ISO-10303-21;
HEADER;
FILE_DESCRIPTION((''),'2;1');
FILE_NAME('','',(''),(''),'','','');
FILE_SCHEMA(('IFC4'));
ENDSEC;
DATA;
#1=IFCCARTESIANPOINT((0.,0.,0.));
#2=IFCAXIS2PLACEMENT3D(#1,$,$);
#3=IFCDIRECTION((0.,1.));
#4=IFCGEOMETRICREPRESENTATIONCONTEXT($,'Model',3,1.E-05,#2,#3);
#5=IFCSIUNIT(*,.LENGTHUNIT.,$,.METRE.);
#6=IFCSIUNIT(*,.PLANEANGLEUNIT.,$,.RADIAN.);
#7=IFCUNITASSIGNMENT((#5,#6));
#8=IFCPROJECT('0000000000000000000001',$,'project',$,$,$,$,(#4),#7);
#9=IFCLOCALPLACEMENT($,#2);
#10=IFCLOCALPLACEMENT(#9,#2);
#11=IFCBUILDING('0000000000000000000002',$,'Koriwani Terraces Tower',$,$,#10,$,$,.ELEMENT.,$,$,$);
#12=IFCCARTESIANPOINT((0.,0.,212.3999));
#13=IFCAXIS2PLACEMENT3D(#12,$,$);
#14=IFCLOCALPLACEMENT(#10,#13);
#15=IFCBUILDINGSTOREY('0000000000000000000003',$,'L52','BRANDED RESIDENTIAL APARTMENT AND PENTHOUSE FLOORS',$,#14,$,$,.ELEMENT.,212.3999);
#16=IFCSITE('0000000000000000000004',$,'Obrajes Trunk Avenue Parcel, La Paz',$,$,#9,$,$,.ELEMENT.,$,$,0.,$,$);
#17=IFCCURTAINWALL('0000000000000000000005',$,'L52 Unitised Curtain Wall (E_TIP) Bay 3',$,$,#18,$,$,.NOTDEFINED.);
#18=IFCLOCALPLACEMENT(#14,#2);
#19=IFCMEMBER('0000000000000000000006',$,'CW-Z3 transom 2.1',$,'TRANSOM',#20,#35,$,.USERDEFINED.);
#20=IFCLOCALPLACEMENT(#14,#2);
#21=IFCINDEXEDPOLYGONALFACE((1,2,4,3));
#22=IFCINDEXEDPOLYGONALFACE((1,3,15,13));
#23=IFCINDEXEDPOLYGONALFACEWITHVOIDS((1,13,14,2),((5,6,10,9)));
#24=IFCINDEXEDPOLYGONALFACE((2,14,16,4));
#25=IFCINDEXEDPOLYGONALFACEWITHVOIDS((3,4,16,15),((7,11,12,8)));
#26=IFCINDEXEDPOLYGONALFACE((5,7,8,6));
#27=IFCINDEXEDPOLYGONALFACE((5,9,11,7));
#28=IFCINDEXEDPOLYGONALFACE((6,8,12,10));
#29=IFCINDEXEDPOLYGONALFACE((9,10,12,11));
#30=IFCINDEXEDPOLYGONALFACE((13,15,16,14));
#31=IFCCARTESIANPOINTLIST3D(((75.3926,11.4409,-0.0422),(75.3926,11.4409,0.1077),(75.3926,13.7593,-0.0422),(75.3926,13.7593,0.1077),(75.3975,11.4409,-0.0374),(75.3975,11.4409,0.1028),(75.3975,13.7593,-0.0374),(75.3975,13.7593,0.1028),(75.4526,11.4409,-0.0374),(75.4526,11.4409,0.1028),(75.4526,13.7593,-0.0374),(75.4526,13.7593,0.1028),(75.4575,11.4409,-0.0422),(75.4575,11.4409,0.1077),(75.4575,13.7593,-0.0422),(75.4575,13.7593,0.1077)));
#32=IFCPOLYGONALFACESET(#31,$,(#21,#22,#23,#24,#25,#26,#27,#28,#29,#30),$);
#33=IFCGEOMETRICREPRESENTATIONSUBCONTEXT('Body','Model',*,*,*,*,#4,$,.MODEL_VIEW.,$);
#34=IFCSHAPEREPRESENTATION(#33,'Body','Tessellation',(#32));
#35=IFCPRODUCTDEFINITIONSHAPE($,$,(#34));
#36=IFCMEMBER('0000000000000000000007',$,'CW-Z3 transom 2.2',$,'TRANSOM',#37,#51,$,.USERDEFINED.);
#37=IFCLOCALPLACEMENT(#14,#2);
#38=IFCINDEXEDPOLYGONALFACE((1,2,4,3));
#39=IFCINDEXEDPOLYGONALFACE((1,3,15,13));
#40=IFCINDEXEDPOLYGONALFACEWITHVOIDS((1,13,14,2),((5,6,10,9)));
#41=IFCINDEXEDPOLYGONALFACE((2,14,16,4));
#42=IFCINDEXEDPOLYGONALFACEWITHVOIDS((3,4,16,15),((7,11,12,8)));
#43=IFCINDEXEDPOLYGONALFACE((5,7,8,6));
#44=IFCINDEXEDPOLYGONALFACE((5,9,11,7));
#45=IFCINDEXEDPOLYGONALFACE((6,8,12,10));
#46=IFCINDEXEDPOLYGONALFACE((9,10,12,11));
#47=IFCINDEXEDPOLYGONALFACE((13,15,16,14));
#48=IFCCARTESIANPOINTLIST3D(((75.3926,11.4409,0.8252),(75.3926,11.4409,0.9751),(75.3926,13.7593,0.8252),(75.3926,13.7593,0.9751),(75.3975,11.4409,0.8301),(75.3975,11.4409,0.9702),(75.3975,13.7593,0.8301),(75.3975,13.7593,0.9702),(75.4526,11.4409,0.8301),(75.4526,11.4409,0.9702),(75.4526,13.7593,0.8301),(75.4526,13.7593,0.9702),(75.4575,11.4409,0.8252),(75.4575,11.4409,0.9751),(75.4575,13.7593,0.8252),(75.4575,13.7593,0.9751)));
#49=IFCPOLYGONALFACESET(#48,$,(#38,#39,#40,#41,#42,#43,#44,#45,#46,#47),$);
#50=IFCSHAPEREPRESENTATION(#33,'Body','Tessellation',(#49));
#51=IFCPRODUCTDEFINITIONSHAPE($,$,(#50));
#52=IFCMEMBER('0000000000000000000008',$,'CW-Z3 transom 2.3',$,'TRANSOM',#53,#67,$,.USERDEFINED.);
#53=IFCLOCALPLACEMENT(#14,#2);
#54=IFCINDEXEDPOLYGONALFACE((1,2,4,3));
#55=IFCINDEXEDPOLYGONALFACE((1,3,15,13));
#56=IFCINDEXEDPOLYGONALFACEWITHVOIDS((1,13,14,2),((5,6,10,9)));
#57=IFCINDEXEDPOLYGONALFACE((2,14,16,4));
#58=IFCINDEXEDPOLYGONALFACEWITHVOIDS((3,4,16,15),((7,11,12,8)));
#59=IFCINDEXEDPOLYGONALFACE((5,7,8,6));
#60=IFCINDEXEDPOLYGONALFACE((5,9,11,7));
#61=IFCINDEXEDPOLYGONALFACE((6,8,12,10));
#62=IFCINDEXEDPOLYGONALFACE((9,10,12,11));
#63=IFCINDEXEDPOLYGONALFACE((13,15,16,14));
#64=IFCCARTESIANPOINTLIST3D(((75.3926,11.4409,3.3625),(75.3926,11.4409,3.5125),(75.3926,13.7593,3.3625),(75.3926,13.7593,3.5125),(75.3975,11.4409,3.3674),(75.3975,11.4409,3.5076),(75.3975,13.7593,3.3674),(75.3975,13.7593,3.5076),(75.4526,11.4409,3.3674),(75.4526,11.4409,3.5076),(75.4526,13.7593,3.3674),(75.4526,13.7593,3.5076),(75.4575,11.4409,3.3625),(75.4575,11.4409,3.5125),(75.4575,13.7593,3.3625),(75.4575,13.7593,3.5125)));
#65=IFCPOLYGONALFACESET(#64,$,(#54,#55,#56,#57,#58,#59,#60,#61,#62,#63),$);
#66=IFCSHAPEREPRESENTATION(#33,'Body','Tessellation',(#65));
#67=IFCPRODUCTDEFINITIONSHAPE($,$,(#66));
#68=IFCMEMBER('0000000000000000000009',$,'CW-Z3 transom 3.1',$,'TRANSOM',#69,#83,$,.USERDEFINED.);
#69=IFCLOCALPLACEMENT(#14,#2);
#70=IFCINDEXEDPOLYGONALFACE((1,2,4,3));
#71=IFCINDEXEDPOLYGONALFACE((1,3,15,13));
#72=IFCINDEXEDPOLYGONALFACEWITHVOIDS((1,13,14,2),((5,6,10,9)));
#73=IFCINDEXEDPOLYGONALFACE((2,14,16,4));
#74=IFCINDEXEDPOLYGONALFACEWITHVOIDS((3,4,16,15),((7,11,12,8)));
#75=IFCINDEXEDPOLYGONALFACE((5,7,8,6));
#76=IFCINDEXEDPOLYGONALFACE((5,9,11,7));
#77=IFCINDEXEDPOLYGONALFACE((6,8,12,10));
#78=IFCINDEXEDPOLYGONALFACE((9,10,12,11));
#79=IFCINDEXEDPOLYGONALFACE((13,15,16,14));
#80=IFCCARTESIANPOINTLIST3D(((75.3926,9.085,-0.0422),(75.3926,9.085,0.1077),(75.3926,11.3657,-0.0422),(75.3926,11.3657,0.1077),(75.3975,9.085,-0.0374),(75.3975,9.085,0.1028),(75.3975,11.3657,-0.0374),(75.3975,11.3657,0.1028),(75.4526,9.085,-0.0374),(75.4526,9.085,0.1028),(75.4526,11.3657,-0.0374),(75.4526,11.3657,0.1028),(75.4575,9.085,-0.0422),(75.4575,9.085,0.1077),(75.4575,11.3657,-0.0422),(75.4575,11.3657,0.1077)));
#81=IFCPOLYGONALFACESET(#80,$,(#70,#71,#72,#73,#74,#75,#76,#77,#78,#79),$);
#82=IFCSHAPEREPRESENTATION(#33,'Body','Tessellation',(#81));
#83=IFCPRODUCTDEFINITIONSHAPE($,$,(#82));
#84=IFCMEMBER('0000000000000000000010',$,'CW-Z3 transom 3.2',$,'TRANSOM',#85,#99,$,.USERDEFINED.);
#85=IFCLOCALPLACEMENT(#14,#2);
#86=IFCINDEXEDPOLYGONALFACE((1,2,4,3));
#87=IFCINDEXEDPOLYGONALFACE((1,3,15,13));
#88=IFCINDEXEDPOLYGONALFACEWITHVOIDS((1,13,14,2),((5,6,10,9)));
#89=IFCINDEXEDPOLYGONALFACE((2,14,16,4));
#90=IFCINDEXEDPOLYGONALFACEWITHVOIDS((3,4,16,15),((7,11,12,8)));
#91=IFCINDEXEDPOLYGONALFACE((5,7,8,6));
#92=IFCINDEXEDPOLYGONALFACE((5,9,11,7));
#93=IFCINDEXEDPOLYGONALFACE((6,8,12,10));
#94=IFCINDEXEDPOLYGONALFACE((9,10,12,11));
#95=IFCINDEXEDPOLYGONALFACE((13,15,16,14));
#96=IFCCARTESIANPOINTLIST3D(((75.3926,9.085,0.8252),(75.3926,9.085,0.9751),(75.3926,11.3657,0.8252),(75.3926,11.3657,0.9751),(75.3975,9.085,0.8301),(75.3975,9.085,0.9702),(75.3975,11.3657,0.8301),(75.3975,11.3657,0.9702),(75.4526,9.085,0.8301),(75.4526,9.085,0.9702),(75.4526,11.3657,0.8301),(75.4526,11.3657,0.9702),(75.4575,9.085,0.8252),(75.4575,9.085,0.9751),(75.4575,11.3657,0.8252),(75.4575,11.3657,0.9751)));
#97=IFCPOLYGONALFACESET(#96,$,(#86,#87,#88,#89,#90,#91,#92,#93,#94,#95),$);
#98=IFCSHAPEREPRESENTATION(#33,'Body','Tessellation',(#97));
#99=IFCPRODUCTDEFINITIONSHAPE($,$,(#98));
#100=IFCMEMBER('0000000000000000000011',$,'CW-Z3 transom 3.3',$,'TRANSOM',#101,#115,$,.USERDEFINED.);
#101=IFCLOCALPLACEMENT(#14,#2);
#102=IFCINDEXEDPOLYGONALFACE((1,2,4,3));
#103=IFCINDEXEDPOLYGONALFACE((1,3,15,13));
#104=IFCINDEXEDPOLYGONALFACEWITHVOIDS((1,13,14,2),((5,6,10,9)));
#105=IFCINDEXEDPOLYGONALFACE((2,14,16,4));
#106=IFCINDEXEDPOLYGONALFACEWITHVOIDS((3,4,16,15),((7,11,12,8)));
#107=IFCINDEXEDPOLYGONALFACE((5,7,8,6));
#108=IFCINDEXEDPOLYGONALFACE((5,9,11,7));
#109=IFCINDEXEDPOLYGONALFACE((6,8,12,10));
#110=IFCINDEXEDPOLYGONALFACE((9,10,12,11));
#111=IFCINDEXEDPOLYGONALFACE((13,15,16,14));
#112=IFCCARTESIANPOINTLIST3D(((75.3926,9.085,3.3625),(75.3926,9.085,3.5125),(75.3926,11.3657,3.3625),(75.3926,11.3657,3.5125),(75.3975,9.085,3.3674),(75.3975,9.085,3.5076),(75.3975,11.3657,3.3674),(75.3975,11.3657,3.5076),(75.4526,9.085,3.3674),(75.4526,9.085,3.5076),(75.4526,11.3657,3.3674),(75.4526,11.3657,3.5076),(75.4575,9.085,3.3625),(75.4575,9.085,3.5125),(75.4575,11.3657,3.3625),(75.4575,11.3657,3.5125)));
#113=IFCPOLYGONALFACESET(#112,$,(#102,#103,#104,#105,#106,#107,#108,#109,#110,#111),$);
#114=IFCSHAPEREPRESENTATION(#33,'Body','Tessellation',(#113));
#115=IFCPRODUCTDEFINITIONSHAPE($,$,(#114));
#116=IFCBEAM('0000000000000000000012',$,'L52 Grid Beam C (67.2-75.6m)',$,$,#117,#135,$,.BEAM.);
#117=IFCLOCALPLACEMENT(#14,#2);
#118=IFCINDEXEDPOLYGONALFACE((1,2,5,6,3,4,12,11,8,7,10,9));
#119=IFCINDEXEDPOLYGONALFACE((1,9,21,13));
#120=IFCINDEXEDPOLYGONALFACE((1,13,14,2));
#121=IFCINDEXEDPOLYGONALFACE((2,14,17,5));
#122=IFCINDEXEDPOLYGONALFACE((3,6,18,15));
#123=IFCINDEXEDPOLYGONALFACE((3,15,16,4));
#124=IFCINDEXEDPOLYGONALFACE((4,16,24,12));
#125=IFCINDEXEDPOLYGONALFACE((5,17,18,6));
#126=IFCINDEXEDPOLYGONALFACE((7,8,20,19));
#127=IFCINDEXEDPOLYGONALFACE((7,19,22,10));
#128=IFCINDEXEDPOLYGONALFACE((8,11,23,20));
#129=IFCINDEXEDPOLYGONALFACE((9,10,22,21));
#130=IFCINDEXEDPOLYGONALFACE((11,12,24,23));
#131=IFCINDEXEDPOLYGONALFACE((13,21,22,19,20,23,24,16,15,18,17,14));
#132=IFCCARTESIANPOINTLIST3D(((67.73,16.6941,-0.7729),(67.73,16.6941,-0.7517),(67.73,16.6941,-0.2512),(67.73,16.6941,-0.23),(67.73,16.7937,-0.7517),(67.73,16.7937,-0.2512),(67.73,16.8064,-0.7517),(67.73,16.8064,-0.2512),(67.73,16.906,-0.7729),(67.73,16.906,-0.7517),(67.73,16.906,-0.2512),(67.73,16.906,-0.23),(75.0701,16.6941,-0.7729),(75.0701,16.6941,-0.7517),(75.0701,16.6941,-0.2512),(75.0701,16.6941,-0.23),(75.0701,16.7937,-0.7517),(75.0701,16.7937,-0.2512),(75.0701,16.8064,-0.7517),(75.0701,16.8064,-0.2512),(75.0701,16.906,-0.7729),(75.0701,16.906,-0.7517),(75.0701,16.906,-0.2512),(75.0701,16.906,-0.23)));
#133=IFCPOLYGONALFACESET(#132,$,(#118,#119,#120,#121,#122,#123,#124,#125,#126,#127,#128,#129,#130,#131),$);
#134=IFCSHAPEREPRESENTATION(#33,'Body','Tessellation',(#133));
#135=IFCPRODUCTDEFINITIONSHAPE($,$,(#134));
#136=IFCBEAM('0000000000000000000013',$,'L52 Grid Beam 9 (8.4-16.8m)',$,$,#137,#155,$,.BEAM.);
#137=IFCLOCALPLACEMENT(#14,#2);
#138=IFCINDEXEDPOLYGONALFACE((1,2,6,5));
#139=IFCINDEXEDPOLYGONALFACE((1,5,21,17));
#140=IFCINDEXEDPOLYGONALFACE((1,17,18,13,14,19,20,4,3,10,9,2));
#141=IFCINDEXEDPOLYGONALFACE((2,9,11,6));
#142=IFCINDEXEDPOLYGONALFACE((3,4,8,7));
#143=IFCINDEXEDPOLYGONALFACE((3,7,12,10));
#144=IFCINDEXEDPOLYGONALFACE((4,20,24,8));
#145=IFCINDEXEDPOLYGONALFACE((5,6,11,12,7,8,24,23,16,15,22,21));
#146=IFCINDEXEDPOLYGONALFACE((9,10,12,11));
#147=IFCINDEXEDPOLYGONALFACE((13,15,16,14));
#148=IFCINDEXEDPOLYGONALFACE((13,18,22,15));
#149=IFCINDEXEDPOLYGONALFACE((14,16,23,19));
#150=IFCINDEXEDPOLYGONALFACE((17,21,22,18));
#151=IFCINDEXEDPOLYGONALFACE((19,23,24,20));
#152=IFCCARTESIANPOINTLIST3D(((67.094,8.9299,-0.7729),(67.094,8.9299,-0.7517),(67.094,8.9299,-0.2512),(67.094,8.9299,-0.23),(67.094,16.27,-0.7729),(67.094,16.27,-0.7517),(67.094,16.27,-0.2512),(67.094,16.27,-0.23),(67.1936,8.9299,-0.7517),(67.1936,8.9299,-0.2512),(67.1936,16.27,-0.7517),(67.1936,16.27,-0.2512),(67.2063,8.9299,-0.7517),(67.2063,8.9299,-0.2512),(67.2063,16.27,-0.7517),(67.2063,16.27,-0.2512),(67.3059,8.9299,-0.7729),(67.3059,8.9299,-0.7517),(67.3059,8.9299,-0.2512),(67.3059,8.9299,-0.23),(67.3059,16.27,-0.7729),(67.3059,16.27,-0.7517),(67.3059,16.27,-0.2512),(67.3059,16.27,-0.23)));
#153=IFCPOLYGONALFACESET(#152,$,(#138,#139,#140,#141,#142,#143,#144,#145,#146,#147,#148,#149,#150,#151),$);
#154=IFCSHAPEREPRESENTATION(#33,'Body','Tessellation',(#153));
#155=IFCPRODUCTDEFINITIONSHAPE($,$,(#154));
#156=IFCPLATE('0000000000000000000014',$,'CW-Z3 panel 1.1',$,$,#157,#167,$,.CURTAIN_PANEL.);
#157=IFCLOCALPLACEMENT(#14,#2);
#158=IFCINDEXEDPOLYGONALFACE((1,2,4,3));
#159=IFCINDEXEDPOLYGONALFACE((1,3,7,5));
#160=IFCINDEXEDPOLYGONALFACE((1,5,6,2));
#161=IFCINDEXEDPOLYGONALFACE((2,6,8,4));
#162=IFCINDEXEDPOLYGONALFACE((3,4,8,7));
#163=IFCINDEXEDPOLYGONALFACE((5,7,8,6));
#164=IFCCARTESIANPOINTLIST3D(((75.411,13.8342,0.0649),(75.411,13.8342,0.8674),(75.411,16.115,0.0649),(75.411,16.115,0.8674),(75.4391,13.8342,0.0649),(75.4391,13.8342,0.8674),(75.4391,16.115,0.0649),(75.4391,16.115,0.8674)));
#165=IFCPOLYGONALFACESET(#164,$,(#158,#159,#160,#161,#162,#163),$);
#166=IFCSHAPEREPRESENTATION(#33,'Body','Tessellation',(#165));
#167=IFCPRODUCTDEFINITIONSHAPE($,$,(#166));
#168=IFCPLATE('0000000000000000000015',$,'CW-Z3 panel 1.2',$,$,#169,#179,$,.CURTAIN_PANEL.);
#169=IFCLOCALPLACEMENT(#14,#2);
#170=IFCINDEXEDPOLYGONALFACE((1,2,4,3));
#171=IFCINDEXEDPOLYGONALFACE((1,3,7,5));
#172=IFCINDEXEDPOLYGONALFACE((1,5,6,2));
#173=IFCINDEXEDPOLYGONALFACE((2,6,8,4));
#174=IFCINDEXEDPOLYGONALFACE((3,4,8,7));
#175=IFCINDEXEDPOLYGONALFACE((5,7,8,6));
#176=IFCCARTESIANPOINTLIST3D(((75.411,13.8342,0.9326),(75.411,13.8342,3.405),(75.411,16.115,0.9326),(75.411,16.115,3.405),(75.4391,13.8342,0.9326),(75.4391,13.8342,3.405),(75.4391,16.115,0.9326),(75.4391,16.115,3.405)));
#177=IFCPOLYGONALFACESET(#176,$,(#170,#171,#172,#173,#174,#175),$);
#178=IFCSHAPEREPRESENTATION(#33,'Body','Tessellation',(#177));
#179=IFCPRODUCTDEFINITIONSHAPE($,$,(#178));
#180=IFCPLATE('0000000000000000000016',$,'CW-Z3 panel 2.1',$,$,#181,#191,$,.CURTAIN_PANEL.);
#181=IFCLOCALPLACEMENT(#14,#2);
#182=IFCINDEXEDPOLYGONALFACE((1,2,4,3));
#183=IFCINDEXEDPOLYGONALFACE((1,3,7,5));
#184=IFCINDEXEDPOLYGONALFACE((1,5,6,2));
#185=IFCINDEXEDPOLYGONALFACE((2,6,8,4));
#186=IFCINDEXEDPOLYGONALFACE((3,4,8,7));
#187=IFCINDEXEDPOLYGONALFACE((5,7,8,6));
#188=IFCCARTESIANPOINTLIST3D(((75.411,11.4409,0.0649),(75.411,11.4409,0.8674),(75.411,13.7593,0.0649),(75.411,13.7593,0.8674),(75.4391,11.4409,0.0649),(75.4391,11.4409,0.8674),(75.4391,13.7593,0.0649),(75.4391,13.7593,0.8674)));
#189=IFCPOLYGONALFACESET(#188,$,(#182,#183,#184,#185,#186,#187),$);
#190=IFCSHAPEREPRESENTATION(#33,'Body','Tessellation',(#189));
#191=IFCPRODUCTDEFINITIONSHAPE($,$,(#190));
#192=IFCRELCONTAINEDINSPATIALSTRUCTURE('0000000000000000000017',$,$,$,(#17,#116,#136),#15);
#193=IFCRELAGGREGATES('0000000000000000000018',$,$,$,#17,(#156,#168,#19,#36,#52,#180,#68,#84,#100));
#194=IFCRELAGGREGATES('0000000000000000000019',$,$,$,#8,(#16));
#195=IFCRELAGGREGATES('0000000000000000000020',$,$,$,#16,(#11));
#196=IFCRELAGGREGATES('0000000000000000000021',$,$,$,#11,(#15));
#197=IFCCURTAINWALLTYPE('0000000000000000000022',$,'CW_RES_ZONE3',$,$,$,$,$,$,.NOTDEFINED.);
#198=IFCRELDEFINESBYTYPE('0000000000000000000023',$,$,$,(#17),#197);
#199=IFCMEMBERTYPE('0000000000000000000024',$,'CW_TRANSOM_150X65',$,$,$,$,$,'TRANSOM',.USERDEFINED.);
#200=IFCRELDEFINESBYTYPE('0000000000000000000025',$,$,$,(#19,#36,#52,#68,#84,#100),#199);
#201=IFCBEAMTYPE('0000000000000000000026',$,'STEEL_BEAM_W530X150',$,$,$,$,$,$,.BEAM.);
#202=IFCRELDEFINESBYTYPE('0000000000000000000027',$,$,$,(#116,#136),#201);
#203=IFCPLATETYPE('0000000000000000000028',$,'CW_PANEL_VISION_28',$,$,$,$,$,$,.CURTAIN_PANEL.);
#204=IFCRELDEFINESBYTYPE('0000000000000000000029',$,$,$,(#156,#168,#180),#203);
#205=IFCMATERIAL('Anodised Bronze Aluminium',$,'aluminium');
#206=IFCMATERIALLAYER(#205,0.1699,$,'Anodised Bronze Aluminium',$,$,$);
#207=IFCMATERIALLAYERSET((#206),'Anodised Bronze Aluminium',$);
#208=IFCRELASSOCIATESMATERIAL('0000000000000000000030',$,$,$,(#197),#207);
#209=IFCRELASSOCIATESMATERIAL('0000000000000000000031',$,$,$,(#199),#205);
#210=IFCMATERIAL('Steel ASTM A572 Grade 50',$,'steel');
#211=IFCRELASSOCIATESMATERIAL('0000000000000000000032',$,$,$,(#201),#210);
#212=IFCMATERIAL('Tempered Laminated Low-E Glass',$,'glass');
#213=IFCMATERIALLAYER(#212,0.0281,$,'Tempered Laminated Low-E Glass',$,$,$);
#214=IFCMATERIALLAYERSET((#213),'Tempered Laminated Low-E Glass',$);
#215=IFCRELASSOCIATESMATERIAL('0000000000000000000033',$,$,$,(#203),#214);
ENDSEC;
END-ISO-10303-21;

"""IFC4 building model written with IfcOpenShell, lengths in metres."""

from ifc_helpers import new_model, si_unit, direction, frame, origin, origin_2d, place, context, subcontext, project, spatial, rectangle, hollow_rectangle, i_section, extrude, material, layer, layer_set, material_profile, profile_set, type_object, element, aggregate, save


model = new_model("IFC4")

# Units and contexts
model_context = context("Model", 3, precision=1e-05, world=origin(), true_north=direction((0.0, 1.0)))
body_context = subcontext(model_context, "Body", "Model", "MODEL_VIEW")
ifc_project = project(units=[si_unit("LENGTHUNIT", "METRE"), si_unit("PLANEANGLEUNIT", "RADIAN")], contexts=[model_context])

# Site, building, storey
site_placement = place(None, origin())
site = spatial("IfcSite", under=ifc_project, at=site_placement, Name="Obrajes Trunk Avenue Parcel, La Paz", CompositionType="ELEMENT", RefElevation=0.0)
building_placement = place(site_placement, origin())
building = spatial("IfcBuilding", under=site, at=building_placement, Name="Koriwani Terraces Tower", CompositionType="ELEMENT")
storey_placement = place(building_placement, frame((0.0, 0.0, 212.3999)))
storey = spatial("IfcBuildingStorey", under=building, at=storey_placement, Name="L52", Description="BRANDED RESIDENTIAL APARTMENT AND PENTHOUSE FLOORS", CompositionType="ELEMENT", Elevation=212.3999)

# Shared definitions
ifc_material_1 = material(Name="Anodised Bronze Aluminium", Category="aluminium")
ifc_layer_1 = layer(ifc_material_1, 0.1699, Name="Anodised Bronze Aluminium")
ifc_layer_set_1 = layer_set([ifc_layer_1], Name="Anodised Bronze Aluminium")
curtain_wall_type = type_object("IfcCurtainWallType", Name="CW_RES_ZONE3", PredefinedType="NOTDEFINED", material=ifc_layer_set_1)

# Curtain wall, members
curtain_wall_1_placement = place(storey_placement, origin())
curtain_wall_1 = element("IfcCurtainWall", 1, at=curtain_wall_1_placement, inside=storey, type_object=curtain_wall_type, Name="L52 Unitised Curtain Wall (E_TIP) Bay 3", PredefinedType="NOTDEFINED")
ifc_material_profile_1 = material_profile(ifc_material_1, hollow_rectangle(XDim=0.0649, YDim=0.1499, WallThickness=0.0049, at=origin_2d()), Name="Anodised Bronze Aluminium", Category="LoadBearing")
ifc_profile_set_1 = profile_set([ifc_material_profile_1], Name="Anodised Bronze Aluminium")
member_type_1 = type_object("IfcMemberType", Name="CW_TRANSOM_150X65", ElementType="TRANSOM", PredefinedType="USERDEFINED", material=ifc_profile_set_1)
member_1_placement = place(storey_placement, frame((75.425, 13.7593, 0.0327), z_axis=(0.0, -1.0, 0.0), x_axis=(1.0, 0.0, 0.0)))
member_1 = element("IfcMember", 2, at=member_1_placement, type_object=member_type_1, Name="CW-Z3 transom 2.1", ObjectType="TRANSOM", PredefinedType="USERDEFINED", context=body_context, shape_type="SweptSolid", body=[
    extrude(hollow_rectangle(XDim=0.0649, YDim=0.1499, WallThickness=0.0049, at=origin_2d()), origin(), (0.0, 0.0, 1.0), 2.3184),
])
member_2_placement = place(storey_placement, frame((75.425, 13.7593, 0.9001), z_axis=(0.0, -1.0, 0.0), x_axis=(1.0, 0.0, 0.0)))
member_2 = element("IfcMember", 3, at=member_2_placement, type_object=member_type_1, Name="CW-Z3 transom 2.2", ObjectType="TRANSOM", PredefinedType="USERDEFINED", context=body_context, shape_type="SweptSolid", body=[
    extrude(hollow_rectangle(XDim=0.0649, YDim=0.1499, WallThickness=0.0049, at=origin_2d()), origin(), (0.0, 0.0, 1.0), 2.3184),
])
member_3_placement = place(storey_placement, frame((75.425, 13.7593, 3.4375), z_axis=(0.0, -1.0, 0.0), x_axis=(1.0, 0.0, 0.0)))
member_3 = element("IfcMember", 4, at=member_3_placement, type_object=member_type_1, Name="CW-Z3 transom 2.3", ObjectType="TRANSOM", PredefinedType="USERDEFINED", context=body_context, shape_type="SweptSolid", body=[
    extrude(hollow_rectangle(XDim=0.0649, YDim=0.1499, WallThickness=0.0049, at=origin_2d()), origin(), (0.0, 0.0, 1.0), 2.3184),
])
member_4_placement = place(storey_placement, frame((75.425, 11.3657, 0.0327), z_axis=(0.0, -1.0, 0.0), x_axis=(1.0, 0.0, 0.0)))
member_4 = element("IfcMember", 5, at=member_4_placement, type_object=member_type_1, Name="CW-Z3 transom 3.1", ObjectType="TRANSOM", PredefinedType="USERDEFINED", context=body_context, shape_type="SweptSolid", body=[
    extrude(hollow_rectangle(XDim=0.0649, YDim=0.1499, WallThickness=0.0049, at=origin_2d()), origin(), (0.0, 0.0, 1.0), 2.2808),
])
member_5_placement = place(storey_placement, frame((75.425, 11.3657, 0.9001), z_axis=(0.0, -1.0, 0.0), x_axis=(1.0, 0.0, 0.0)))
member_5 = element("IfcMember", 6, at=member_5_placement, type_object=member_type_1, Name="CW-Z3 transom 3.2", ObjectType="TRANSOM", PredefinedType="USERDEFINED", context=body_context, shape_type="SweptSolid", body=[
    extrude(hollow_rectangle(XDim=0.0649, YDim=0.1499, WallThickness=0.0049, at=origin_2d()), origin(), (0.0, 0.0, 1.0), 2.2808),
])
member_6_placement = place(storey_placement, frame((75.425, 11.3657, 3.4375), z_axis=(0.0, -1.0, 0.0), x_axis=(1.0, 0.0, 0.0)))
member_6 = element("IfcMember", 7, at=member_6_placement, type_object=member_type_1, Name="CW-Z3 transom 3.3", ObjectType="TRANSOM", PredefinedType="USERDEFINED", context=body_context, shape_type="SweptSolid", body=[
    extrude(hollow_rectangle(XDim=0.0649, YDim=0.1499, WallThickness=0.0049, at=origin_2d()), origin(), (0.0, 0.0, 1.0), 2.2808),
])

# Beams
ifc_material_2 = material(Name="Steel ASTM A572 Grade 50", Category="steel")
ifc_material_profile_2 = material_profile(ifc_material_2, i_section(OverallWidth=0.2119, OverallDepth=0.543, WebThickness=0.0127, FlangeThickness=0.0212, at=origin_2d()), Name="Steel ASTM A572 Grade 50", Category="LoadBearing")
ifc_profile_set_2 = profile_set([ifc_material_profile_2], Name="Steel ASTM A572 Grade 50")
beam_type_1 = type_object("IfcBeamType", Name="STEEL_BEAM_W530X150", PredefinedType="BEAM", material=ifc_profile_set_2)
for number, where, z_axis, x_axis, name in (
    (8, (67.73, 16.8, -0.5015), (1.0, 0.0, 0.0), (0.0, 1.0, 0.0), "L52 Grid Beam C (67.2-75.6m)"),
    (9, (67.2, 8.9299, -0.5015), (0.0, 1.0, 0.0), (-1.0, 0.0, 0.0), "L52 Grid Beam 9 (8.4-16.8m)"),
):
    element("IfcBeam", number, at=place(storey_placement, frame(where, z_axis=z_axis, x_axis=x_axis)), inside=storey, type_object=beam_type_1, Name=name, PredefinedType="BEAM", context=body_context, shape_type="SweptSolid", body=[
        extrude(i_section(OverallWidth=0.2119, OverallDepth=0.543, WebThickness=0.0127, FlangeThickness=0.0212, at=origin_2d()), origin(), (0.0, 0.0, 1.0), 7.3401),
    ])

# Plates
ifc_material_3 = material(Name="Tempered Laminated Low-E Glass", Category="glass")
ifc_layer_2 = layer(ifc_material_3, 0.0281, Name="Tempered Laminated Low-E Glass")
ifc_layer_set_2 = layer_set([ifc_layer_2], Name="Tempered Laminated Low-E Glass")
plate_type = type_object("IfcPlateType", Name="CW_PANEL_VISION_28", PredefinedType="CURTAIN_PANEL", material=ifc_layer_set_2)
plate_1_placement = place(storey_placement, frame((75.425, 14.9746, 0.0649), z_axis=(0.0, 0.0, 1.0), x_axis=(0.0, -1.0, 0.0)))
plate_1 = element("IfcPlate", 10, at=plate_1_placement, type_object=plate_type, Name="CW-Z3 panel 1.1", PredefinedType="CURTAIN_PANEL", context=body_context, shape_type="SweptSolid", body=[
    extrude(rectangle(XDim=2.2808, YDim=0.0281, at=origin_2d()), origin(), (0.0, 0.0, 1.0), 0.8025),
])
plate_2_placement = place(storey_placement, frame((75.425, 14.9746, 0.9326), z_axis=(0.0, 0.0, 1.0), x_axis=(0.0, -1.0, 0.0)))
plate_2 = element("IfcPlate", 11, at=plate_2_placement, type_object=plate_type, Name="CW-Z3 panel 1.2", PredefinedType="CURTAIN_PANEL", context=body_context, shape_type="SweptSolid", body=[
    extrude(rectangle(XDim=2.2808, YDim=0.0281, at=origin_2d()), origin(), (0.0, 0.0, 1.0), 2.4724),
])
plate_3_placement = place(storey_placement, frame((75.425, 12.6001, 0.0649), z_axis=(0.0, 0.0, 1.0), x_axis=(0.0, -1.0, 0.0)))
plate_3 = element("IfcPlate", 12, at=plate_3_placement, type_object=plate_type, Name="CW-Z3 panel 2.1", PredefinedType="CURTAIN_PANEL", context=body_context, shape_type="SweptSolid", body=[
    extrude(rectangle(XDim=2.3184, YDim=0.0281, at=origin_2d()), origin(), (0.0, 0.0, 1.0), 0.8025),
])
aggregate(curtain_wall_1, [plate_1, plate_2, member_1, member_2, member_3, plate_3, member_4, member_5, member_6])

save(model, "model.ifc")
